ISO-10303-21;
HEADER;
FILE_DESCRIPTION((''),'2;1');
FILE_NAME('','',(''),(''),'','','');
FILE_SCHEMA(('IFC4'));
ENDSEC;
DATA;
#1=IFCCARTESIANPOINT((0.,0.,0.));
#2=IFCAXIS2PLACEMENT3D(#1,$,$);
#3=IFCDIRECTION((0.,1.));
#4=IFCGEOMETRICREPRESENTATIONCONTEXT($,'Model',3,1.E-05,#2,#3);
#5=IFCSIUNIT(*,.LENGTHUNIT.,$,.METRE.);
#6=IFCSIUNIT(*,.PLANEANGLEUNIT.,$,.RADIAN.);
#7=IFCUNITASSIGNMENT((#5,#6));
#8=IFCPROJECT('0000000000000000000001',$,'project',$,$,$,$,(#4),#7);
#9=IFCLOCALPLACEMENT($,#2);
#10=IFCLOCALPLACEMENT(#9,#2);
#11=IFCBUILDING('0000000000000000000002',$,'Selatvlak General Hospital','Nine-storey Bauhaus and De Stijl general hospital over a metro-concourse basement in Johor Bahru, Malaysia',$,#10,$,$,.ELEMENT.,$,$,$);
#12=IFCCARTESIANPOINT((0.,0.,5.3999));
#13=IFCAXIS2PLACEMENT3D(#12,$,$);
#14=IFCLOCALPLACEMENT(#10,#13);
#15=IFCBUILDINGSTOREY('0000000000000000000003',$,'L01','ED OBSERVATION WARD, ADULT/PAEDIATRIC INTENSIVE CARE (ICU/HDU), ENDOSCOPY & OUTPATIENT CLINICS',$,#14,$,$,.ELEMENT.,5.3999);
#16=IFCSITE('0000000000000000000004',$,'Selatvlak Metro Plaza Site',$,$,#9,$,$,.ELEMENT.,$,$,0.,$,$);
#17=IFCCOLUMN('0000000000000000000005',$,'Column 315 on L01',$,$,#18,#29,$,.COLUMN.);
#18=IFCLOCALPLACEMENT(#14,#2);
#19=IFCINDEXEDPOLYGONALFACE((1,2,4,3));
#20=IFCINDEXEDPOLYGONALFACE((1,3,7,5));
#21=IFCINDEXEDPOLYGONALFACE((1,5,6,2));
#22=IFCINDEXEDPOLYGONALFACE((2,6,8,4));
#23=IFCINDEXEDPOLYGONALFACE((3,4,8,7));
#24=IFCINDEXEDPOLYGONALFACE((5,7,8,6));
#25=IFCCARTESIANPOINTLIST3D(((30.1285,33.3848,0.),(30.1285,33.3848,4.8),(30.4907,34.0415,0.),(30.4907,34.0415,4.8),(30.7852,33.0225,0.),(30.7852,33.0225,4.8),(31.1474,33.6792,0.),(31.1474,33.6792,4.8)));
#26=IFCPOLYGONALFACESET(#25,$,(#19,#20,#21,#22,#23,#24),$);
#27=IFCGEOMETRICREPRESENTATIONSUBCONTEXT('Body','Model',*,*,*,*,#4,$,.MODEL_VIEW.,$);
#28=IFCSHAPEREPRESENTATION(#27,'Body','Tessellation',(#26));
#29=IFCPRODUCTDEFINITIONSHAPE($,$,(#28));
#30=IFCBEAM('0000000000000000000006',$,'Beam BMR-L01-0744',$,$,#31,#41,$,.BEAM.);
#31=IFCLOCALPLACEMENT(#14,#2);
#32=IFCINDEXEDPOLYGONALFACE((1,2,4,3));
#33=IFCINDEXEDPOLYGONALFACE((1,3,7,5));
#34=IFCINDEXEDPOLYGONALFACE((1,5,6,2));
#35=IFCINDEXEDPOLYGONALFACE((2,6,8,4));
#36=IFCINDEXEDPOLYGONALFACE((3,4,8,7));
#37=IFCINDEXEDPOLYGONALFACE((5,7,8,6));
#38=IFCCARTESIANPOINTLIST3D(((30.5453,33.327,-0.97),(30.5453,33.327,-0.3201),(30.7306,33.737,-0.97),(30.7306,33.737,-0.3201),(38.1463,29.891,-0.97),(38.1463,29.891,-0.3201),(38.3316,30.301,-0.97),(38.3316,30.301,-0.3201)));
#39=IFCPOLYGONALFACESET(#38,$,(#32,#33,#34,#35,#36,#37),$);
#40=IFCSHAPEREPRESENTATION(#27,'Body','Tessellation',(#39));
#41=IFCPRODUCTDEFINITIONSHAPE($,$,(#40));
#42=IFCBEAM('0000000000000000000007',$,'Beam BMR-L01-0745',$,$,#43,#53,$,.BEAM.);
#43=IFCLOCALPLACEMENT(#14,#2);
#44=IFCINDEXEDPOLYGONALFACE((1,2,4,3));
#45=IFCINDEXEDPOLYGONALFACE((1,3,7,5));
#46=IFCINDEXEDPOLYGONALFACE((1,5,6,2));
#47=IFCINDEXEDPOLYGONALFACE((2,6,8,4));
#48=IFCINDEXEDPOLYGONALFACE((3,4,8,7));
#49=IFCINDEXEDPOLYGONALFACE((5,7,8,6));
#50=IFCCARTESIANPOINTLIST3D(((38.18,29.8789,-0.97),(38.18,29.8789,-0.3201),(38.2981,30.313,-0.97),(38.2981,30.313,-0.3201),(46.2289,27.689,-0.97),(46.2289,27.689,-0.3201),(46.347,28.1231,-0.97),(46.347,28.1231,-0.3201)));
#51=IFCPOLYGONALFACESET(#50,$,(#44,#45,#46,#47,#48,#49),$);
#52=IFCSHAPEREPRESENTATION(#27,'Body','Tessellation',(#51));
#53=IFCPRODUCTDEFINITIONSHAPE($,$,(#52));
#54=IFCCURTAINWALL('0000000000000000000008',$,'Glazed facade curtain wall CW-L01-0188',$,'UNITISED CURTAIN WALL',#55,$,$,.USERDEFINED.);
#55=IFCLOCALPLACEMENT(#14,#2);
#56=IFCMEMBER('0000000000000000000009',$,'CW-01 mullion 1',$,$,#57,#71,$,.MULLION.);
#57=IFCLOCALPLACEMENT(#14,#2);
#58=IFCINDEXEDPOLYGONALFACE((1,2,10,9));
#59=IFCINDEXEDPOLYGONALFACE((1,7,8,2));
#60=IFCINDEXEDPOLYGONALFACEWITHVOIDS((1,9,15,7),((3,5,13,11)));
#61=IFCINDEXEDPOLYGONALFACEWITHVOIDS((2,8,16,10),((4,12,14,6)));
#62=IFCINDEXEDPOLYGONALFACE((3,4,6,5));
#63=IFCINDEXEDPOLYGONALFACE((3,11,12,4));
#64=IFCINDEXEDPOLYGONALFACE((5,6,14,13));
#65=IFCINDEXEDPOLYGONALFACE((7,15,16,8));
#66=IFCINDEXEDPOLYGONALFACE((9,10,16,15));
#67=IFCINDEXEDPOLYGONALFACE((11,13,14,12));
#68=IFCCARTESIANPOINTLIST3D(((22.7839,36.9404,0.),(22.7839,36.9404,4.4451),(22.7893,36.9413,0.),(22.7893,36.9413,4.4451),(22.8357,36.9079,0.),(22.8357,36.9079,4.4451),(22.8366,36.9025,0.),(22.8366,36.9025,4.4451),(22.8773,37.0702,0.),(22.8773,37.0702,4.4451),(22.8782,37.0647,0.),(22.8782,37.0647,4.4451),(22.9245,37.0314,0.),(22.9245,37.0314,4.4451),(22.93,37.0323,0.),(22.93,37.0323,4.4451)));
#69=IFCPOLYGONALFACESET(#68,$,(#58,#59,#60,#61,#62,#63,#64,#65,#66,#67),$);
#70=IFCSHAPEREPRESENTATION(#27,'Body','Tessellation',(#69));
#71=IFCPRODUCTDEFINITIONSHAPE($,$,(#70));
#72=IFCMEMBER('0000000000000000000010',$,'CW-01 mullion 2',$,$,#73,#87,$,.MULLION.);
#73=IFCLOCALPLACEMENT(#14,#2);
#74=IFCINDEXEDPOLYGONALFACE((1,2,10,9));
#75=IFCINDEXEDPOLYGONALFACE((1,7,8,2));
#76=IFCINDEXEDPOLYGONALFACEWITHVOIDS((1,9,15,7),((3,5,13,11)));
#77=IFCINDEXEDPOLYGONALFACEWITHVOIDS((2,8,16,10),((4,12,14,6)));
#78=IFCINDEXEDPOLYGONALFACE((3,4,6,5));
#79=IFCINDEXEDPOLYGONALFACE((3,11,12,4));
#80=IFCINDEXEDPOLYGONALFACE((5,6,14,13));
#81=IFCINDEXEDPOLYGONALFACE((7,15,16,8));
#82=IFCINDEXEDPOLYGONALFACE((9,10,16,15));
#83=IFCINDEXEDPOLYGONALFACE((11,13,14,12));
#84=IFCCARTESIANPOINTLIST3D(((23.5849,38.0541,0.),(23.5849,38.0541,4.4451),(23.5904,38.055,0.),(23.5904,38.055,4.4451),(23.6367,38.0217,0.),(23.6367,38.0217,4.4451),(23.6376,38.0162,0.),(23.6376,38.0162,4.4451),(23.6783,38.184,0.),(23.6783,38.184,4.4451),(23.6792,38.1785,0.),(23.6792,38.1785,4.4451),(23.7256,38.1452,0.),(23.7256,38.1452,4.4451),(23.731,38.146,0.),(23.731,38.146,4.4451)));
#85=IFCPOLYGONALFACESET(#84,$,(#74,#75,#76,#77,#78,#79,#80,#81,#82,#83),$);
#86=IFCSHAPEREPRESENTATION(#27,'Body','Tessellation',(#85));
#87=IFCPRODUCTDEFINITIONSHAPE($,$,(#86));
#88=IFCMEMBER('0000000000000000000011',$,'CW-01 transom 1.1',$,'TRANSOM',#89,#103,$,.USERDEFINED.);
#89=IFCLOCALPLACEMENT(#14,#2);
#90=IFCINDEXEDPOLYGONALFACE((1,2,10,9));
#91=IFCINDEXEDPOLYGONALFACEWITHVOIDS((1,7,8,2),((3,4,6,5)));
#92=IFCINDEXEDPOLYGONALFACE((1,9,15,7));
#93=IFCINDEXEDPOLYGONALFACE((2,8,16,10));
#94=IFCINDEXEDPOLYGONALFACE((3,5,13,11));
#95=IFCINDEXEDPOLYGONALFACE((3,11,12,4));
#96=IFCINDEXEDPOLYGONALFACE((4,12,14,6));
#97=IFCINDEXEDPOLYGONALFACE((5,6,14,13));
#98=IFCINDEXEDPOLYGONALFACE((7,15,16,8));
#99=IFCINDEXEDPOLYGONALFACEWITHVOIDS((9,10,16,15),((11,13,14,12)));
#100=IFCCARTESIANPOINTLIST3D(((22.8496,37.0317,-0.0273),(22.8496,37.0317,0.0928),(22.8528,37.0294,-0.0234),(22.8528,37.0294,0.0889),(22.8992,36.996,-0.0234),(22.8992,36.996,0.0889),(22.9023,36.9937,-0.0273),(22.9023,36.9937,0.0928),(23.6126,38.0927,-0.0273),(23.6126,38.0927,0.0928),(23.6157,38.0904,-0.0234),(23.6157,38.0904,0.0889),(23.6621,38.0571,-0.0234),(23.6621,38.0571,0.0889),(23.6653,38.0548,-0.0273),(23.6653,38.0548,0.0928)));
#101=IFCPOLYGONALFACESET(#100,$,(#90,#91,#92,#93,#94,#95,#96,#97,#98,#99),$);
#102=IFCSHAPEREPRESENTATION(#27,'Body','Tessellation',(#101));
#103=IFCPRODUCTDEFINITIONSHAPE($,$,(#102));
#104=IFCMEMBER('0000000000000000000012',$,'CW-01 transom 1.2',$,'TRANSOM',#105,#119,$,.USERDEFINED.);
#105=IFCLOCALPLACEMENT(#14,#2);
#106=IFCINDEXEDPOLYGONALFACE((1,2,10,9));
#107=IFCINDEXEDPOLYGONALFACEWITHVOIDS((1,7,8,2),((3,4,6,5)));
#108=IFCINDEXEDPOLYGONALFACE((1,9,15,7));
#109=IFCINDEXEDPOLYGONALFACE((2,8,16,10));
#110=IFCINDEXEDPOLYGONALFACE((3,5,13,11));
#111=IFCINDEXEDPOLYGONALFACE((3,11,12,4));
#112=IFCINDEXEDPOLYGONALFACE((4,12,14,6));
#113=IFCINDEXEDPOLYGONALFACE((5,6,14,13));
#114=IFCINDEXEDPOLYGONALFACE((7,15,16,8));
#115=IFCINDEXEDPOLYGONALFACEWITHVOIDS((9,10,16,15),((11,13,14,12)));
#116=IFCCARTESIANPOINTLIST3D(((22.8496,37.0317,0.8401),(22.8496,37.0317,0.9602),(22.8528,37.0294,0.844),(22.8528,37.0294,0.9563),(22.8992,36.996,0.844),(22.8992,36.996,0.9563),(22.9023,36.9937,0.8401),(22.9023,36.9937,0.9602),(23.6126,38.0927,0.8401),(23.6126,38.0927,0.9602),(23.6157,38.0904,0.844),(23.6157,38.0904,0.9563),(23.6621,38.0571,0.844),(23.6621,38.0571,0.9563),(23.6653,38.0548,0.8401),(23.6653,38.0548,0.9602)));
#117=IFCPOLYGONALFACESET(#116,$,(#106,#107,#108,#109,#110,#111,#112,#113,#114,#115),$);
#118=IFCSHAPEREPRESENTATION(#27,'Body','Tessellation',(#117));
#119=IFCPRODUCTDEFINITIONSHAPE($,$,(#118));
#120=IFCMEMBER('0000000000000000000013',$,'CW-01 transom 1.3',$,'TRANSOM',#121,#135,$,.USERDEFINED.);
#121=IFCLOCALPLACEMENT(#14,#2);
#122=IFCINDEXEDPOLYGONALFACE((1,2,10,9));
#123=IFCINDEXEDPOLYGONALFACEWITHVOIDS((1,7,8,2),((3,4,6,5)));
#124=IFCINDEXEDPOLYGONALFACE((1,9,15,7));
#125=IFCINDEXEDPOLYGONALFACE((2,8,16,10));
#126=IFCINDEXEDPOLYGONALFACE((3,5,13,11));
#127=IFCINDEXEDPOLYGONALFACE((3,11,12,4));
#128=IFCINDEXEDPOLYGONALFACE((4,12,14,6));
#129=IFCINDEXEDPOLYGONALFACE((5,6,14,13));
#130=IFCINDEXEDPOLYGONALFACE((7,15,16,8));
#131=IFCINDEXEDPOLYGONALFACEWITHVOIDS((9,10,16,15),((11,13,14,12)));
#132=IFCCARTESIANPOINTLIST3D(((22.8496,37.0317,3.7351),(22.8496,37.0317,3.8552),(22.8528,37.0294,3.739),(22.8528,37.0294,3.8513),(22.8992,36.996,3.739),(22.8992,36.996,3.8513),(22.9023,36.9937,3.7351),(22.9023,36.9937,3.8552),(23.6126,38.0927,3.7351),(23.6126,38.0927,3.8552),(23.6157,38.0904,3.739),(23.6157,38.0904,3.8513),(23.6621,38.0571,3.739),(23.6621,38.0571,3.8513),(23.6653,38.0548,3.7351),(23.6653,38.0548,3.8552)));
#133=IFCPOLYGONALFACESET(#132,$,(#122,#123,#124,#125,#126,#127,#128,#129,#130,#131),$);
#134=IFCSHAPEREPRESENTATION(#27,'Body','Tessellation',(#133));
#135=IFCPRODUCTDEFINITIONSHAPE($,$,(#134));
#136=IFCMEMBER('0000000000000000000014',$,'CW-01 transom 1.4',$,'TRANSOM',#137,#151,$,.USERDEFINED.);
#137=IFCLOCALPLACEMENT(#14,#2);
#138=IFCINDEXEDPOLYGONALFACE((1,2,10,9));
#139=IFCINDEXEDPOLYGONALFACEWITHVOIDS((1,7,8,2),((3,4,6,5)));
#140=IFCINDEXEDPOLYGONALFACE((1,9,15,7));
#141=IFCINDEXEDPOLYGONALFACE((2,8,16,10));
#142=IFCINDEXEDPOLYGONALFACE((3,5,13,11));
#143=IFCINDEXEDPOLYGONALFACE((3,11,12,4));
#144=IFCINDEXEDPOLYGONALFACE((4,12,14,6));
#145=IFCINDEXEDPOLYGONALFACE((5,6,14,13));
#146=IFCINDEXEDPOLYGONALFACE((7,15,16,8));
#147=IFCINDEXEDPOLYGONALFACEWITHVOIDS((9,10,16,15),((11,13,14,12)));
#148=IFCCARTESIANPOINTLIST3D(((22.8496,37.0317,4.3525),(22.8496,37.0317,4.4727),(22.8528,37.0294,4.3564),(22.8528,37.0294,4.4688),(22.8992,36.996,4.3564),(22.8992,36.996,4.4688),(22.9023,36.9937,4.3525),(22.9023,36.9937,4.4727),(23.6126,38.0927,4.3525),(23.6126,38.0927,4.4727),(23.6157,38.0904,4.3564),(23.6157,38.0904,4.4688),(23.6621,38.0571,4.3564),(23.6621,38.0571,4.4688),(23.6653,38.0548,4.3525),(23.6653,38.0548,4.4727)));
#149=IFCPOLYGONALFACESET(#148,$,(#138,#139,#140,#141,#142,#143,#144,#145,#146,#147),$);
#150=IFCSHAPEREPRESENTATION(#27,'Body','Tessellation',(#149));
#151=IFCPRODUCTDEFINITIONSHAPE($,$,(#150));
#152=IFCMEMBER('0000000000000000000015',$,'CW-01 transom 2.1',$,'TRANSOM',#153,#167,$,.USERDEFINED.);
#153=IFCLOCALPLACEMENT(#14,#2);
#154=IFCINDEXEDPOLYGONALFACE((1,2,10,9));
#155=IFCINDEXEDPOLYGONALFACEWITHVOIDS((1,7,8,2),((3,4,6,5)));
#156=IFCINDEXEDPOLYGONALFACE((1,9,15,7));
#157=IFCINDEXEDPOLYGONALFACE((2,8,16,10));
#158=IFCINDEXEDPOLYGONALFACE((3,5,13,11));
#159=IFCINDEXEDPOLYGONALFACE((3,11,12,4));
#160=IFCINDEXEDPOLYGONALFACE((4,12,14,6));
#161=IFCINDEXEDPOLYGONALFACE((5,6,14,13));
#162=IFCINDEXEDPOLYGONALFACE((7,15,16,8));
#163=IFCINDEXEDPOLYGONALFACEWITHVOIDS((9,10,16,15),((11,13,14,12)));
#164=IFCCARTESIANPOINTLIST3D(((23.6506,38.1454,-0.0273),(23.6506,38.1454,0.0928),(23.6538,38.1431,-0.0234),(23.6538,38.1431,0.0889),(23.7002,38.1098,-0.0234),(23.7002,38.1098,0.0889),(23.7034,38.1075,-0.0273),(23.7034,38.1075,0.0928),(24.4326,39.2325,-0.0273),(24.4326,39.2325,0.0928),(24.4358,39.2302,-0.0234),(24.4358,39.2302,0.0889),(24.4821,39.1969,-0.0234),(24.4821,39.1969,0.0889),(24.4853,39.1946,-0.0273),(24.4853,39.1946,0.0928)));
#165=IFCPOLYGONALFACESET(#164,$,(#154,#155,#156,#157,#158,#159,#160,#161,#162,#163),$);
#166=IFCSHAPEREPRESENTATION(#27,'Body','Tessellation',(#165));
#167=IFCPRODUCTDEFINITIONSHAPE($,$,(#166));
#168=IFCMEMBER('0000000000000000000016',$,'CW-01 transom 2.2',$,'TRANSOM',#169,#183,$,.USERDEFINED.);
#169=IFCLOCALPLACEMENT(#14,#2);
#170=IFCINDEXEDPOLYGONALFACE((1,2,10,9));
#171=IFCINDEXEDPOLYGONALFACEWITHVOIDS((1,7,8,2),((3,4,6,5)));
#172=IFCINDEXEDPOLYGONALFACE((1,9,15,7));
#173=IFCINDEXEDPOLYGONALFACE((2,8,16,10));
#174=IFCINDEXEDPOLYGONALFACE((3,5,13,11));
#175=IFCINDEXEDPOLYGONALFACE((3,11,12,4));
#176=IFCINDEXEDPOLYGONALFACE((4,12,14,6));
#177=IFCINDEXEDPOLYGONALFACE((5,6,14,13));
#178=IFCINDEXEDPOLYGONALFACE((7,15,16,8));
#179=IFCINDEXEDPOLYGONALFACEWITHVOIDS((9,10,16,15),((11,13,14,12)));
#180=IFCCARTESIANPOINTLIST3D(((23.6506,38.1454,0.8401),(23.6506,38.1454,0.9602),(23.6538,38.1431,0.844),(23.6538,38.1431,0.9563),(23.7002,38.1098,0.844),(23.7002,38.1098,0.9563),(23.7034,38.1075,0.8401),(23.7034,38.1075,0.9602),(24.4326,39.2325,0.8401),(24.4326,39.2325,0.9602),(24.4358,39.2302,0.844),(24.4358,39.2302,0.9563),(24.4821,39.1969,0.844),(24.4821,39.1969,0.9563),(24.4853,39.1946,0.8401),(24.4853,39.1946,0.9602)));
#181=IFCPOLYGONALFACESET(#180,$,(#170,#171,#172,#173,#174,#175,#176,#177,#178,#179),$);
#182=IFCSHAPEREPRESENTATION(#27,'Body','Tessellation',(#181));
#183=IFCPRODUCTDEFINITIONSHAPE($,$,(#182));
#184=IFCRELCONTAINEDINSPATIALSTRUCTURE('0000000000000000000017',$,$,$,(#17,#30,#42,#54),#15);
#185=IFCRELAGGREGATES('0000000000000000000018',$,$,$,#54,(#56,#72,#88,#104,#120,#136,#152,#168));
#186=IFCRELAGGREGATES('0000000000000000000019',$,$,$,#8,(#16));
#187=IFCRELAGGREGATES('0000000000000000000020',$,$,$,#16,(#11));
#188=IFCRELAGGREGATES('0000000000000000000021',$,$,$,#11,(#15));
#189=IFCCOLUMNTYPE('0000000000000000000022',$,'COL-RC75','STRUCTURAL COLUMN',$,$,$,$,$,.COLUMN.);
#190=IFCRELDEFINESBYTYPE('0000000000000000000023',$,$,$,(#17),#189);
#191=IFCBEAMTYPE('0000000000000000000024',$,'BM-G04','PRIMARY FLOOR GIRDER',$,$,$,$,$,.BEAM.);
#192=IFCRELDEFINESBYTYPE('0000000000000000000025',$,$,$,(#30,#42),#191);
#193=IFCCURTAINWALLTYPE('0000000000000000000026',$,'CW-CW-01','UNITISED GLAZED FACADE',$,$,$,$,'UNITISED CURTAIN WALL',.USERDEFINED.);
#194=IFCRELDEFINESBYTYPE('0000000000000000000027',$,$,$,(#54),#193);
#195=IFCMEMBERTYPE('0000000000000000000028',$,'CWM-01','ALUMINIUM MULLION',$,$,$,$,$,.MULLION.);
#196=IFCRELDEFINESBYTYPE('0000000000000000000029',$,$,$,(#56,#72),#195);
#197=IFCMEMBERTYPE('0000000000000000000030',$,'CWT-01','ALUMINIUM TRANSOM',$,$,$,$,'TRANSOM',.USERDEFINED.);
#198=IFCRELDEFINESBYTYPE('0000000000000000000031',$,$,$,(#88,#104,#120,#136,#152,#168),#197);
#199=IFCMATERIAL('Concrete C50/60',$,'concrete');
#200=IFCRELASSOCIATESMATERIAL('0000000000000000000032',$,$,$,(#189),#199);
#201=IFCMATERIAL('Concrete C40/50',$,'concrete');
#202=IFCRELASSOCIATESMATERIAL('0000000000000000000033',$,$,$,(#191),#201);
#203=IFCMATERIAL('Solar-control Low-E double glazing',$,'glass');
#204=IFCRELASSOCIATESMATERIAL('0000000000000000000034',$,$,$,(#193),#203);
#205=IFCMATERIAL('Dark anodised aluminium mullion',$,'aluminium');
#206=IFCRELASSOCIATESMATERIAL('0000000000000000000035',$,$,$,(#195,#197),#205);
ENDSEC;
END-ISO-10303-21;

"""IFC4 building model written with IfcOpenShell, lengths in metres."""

from ifc_helpers import new_model, si_unit, direction, frame, origin, origin_2d, place, context, subcontext, project, spatial, rectangle, hollow_rectangle, extrude, material, material_profile, profile_set, type_object, element, aggregate, save


model = new_model("IFC4")

# Units and contexts
model_context = context("Model", 3, precision=1e-05, world=origin(), true_north=direction((0.0, 1.0)))
body_context = subcontext(model_context, "Body", "Model", "MODEL_VIEW")
ifc_project = project(units=[si_unit("LENGTHUNIT", "METRE"), si_unit("PLANEANGLEUNIT", "RADIAN")], contexts=[model_context])

# Site, building, storey
site_placement = place(None, origin())
site = spatial("IfcSite", under=ifc_project, at=site_placement, Name="Selatvlak Metro Plaza Site", CompositionType="ELEMENT", RefElevation=0.0)
building_placement = place(site_placement, origin())
building = spatial("IfcBuilding", under=site, at=building_placement, Name="Selatvlak General Hospital", Description="Nine-storey Bauhaus and De Stijl general hospital over a metro-concourse basement in Johor Bahru, Malaysia", CompositionType="ELEMENT")
storey_placement = place(building_placement, frame((0.0, 0.0, 5.3999)))
storey = spatial("IfcBuildingStorey", under=building, at=storey_placement, Name="L01", Description="ED OBSERVATION WARD, ADULT/PAEDIATRIC INTENSIVE CARE (ICU/HDU), ENDOSCOPY & OUTPATIENT CLINICS", CompositionType="ELEMENT", Elevation=5.3999)

# Column
ifc_material_1 = material(Name="Concrete C50/60", Category="concrete")
ifc_material_profile_1 = material_profile(ifc_material_1, rectangle(XDim=0.75, YDim=0.75, at=origin_2d()), Name="RC-COL 750x750")
ifc_profile_set_1 = profile_set([ifc_material_profile_1], Name="Concrete C50/60")
column_type = type_object("IfcColumnType", Name="COL-RC75", Description="STRUCTURAL COLUMN", PredefinedType="COLUMN", material=ifc_profile_set_1)
column_placement = place(storey_placement, frame((30.6379, 33.532, 0.0), z_axis=(0.0, 0.0, 1.0), x_axis=(0.483007, 0.875616, 0.0)))
element("IfcColumn", 1, at=column_placement, inside=storey, type_object=column_type, Name="Column 315 on L01", PredefinedType="COLUMN", context=body_context, shape_type="SweptSolid", body=[
    extrude(rectangle(XDim=0.75, YDim=0.75, at=origin_2d()), origin(), (0.0, 0.0, 1.0), 4.8),
])

# Beams
ifc_material_2 = material(Name="Concrete C40/50", Category="concrete")
ifc_material_profile_2 = material_profile(ifc_material_2, rectangle(XDim=0.45, YDim=0.6499, at=origin_2d()), Name="RC-BM 450x650")
ifc_profile_set_2 = profile_set([ifc_material_profile_2], Name="Concrete C40/50")
beam_type = type_object("IfcBeamType", Name="BM-G04", Description="PRIMARY FLOOR GIRDER", PredefinedType="BEAM", material=ifc_profile_set_2)
for number, where, z_axis, x_axis, name in (
    (2, (30.6379, 33.532, -0.645), (0.911223, -0.411914, 0.0), (0.411914, 0.911223, 0.0), "Beam BMR-L01-0744"),
    (3, (38.239, 30.0959, -0.645), (0.964924, -0.26253, 0.0), (0.26253, 0.964924, 0.0), "Beam BMR-L01-0745"),
):
    element("IfcBeam", number, at=place(storey_placement, frame(where, z_axis=z_axis, x_axis=x_axis)), inside=storey, type_object=beam_type, Name=name, PredefinedType="BEAM", context=body_context, shape_type="SweptSolid", body=[
        extrude(rectangle(XDim=0.45, YDim=0.6499, at=origin_2d()), origin(), (0.0, 0.0, 1.0), 8.3416),
    ])

# Curtain wall, members
ifc_material_3 = material(Name="Solar-control Low-E double glazing", Category="glass")
curtain_wall_type = type_object("IfcCurtainWallType", Name="CW-CW-01", Description="UNITISED GLAZED FACADE", ElementType="UNITISED CURTAIN WALL", PredefinedType="USERDEFINED", material=ifc_material_3)
curtain_wall_placement = place(storey_placement, origin())
curtain_wall = element("IfcCurtainWall", 4, at=curtain_wall_placement, inside=storey, type_object=curtain_wall_type, Name="Glazed facade curtain wall CW-L01-0188", ObjectType="UNITISED CURTAIN WALL", PredefinedType="USERDEFINED")
ifc_material_4 = material(Name="Dark anodised aluminium mullion", Category="aluminium")
ifc_material_profile_3 = material_profile(ifc_material_4, hollow_rectangle(XDim=0.0649, YDim=0.1599, WallThickness=0.0039, at=origin_2d()), Name="AL-MUL 65x160x4")
ifc_profile_set_3 = profile_set([ifc_material_profile_3], Name="Dark anodised aluminium mullion")
member_type_1 = type_object("IfcMemberType", Name="CWM-01", Description="ALUMINIUM MULLION", PredefinedType="MULLION", material=ifc_profile_set_3)
member_1_placement = place(storey_placement, frame((22.8569, 36.9863, 0.0), z_axis=(0.0, 0.0, 1.0), x_axis=(-0.811804, 0.583929, 0.0)))
member_1 = element("IfcMember", 5, at=member_1_placement, type_object=member_type_1, Name="CW-01 mullion 1", PredefinedType="MULLION", context=body_context, shape_type="SweptSolid", body=[
    extrude(hollow_rectangle(XDim=0.0649, YDim=0.1599, WallThickness=0.0039, at=origin_2d()), origin(), (0.0, 0.0, 1.0), 4.4451),
])
member_2_placement = place(storey_placement, frame((23.658, 38.1001, 0.0), z_axis=(0.0, 0.0, 1.0), x_axis=(-0.811804, 0.583929, 0.0)))
member_2 = element("IfcMember", 6, at=member_2_placement, type_object=member_type_1, Name="CW-01 mullion 2", PredefinedType="MULLION", context=body_context, shape_type="SweptSolid", body=[
    extrude(hollow_rectangle(XDim=0.0649, YDim=0.1599, WallThickness=0.0039, at=origin_2d()), origin(), (0.0, 0.0, 1.0), 4.4451),
])
ifc_material_profile_4 = material_profile(ifc_material_4, hollow_rectangle(XDim=0.0649, YDim=0.1201, WallThickness=0.0039, at=origin_2d()), Name="AL-TRN 65x120x4")
ifc_profile_set_4 = profile_set([ifc_material_profile_4], Name="Dark anodised aluminium mullion")
member_type_2 = type_object("IfcMemberType", Name="CWT-01", Description="ALUMINIUM TRANSOM", ElementType="TRANSOM", PredefinedType="USERDEFINED", material=ifc_profile_set_4)
member_3_placement = place(storey_placement, frame((22.876, 37.0127, 0.0327), z_axis=(0.583798, 0.811899, 0.0), x_axis=(-0.811899, 0.583798, 0.0)))
member_3 = element("IfcMember", 7, at=member_3_placement, type_object=member_type_2, Name="CW-01 transom 1.1", ObjectType="TRANSOM", PredefinedType="USERDEFINED", context=body_context, shape_type="SweptSolid", body=[
    extrude(hollow_rectangle(XDim=0.0649, YDim=0.1201, WallThickness=0.0039, at=origin_2d()), origin(), (0.0, 0.0, 1.0), 1.3069),
])
member_4_placement = place(storey_placement, frame((22.876, 37.0127, 0.9001), z_axis=(0.583798, 0.811899, 0.0), x_axis=(-0.811899, 0.583798, 0.0)))
member_4 = element("IfcMember", 8, at=member_4_placement, type_object=member_type_2, Name="CW-01 transom 1.2", ObjectType="TRANSOM", PredefinedType="USERDEFINED", context=body_context, shape_type="SweptSolid", body=[
    extrude(hollow_rectangle(XDim=0.0649, YDim=0.1201, WallThickness=0.0039, at=origin_2d()), origin(), (0.0, 0.0, 1.0), 1.3069),
])
member_5_placement = place(storey_placement, frame((22.876, 37.0127, 3.7952), z_axis=(0.583798, 0.811899, 0.0), x_axis=(-0.811899, 0.583798, 0.0)))
member_5 = element("IfcMember", 9, at=member_5_placement, type_object=member_type_2, Name="CW-01 transom 1.3", ObjectType="TRANSOM", PredefinedType="USERDEFINED", context=body_context, shape_type="SweptSolid", body=[
    extrude(hollow_rectangle(XDim=0.0649, YDim=0.1201, WallThickness=0.0039, at=origin_2d()), origin(), (0.0, 0.0, 1.0), 1.3069),
])
member_6_placement = place(storey_placement, frame((22.876, 37.0127, 4.4126), z_axis=(0.583798, 0.811899, 0.0), x_axis=(-0.811899, 0.583798, 0.0)))
member_6 = element("IfcMember", 10, at=member_6_placement, type_object=member_type_2, Name="CW-01 transom 1.4", ObjectType="TRANSOM", PredefinedType="USERDEFINED", context=body_context, shape_type="SweptSolid", body=[
    extrude(hollow_rectangle(XDim=0.0649, YDim=0.1201, WallThickness=0.0039, at=origin_2d()), origin(), (0.0, 0.0, 1.0), 1.3069),
])
member_7_placement = place(storey_placement, frame((23.677, 38.1265, 0.0327), z_axis=(0.583925, 0.811807, 0.0), x_axis=(-0.811807, 0.583925, 0.0)))
member_7 = element("IfcMember", 11, at=member_7_placement, type_object=member_type_2, Name="CW-01 transom 2.1", ObjectType="TRANSOM", PredefinedType="USERDEFINED", context=body_context, shape_type="SweptSolid", body=[
    extrude(hollow_rectangle(XDim=0.0649, YDim=0.1201, WallThickness=0.0039, at=origin_2d()), origin(), (0.0, 0.0, 1.0), 1.3391),
])
member_8_placement = place(storey_placement, frame((23.677, 38.1265, 0.9001), z_axis=(0.583925, 0.811807, 0.0), x_axis=(-0.811807, 0.583925, 0.0)))
member_8 = element("IfcMember", 12, at=member_8_placement, type_object=member_type_2, Name="CW-01 transom 2.2", ObjectType="TRANSOM", PredefinedType="USERDEFINED", context=body_context, shape_type="SweptSolid", body=[
    extrude(hollow_rectangle(XDim=0.0649, YDim=0.1201, WallThickness=0.0039, at=origin_2d()), origin(), (0.0, 0.0, 1.0), 1.3391),
])
aggregate(curtain_wall, [member_1, member_2, member_3, member_4, member_5, member_6, member_7, member_8])

save(model, "model.ifc")
